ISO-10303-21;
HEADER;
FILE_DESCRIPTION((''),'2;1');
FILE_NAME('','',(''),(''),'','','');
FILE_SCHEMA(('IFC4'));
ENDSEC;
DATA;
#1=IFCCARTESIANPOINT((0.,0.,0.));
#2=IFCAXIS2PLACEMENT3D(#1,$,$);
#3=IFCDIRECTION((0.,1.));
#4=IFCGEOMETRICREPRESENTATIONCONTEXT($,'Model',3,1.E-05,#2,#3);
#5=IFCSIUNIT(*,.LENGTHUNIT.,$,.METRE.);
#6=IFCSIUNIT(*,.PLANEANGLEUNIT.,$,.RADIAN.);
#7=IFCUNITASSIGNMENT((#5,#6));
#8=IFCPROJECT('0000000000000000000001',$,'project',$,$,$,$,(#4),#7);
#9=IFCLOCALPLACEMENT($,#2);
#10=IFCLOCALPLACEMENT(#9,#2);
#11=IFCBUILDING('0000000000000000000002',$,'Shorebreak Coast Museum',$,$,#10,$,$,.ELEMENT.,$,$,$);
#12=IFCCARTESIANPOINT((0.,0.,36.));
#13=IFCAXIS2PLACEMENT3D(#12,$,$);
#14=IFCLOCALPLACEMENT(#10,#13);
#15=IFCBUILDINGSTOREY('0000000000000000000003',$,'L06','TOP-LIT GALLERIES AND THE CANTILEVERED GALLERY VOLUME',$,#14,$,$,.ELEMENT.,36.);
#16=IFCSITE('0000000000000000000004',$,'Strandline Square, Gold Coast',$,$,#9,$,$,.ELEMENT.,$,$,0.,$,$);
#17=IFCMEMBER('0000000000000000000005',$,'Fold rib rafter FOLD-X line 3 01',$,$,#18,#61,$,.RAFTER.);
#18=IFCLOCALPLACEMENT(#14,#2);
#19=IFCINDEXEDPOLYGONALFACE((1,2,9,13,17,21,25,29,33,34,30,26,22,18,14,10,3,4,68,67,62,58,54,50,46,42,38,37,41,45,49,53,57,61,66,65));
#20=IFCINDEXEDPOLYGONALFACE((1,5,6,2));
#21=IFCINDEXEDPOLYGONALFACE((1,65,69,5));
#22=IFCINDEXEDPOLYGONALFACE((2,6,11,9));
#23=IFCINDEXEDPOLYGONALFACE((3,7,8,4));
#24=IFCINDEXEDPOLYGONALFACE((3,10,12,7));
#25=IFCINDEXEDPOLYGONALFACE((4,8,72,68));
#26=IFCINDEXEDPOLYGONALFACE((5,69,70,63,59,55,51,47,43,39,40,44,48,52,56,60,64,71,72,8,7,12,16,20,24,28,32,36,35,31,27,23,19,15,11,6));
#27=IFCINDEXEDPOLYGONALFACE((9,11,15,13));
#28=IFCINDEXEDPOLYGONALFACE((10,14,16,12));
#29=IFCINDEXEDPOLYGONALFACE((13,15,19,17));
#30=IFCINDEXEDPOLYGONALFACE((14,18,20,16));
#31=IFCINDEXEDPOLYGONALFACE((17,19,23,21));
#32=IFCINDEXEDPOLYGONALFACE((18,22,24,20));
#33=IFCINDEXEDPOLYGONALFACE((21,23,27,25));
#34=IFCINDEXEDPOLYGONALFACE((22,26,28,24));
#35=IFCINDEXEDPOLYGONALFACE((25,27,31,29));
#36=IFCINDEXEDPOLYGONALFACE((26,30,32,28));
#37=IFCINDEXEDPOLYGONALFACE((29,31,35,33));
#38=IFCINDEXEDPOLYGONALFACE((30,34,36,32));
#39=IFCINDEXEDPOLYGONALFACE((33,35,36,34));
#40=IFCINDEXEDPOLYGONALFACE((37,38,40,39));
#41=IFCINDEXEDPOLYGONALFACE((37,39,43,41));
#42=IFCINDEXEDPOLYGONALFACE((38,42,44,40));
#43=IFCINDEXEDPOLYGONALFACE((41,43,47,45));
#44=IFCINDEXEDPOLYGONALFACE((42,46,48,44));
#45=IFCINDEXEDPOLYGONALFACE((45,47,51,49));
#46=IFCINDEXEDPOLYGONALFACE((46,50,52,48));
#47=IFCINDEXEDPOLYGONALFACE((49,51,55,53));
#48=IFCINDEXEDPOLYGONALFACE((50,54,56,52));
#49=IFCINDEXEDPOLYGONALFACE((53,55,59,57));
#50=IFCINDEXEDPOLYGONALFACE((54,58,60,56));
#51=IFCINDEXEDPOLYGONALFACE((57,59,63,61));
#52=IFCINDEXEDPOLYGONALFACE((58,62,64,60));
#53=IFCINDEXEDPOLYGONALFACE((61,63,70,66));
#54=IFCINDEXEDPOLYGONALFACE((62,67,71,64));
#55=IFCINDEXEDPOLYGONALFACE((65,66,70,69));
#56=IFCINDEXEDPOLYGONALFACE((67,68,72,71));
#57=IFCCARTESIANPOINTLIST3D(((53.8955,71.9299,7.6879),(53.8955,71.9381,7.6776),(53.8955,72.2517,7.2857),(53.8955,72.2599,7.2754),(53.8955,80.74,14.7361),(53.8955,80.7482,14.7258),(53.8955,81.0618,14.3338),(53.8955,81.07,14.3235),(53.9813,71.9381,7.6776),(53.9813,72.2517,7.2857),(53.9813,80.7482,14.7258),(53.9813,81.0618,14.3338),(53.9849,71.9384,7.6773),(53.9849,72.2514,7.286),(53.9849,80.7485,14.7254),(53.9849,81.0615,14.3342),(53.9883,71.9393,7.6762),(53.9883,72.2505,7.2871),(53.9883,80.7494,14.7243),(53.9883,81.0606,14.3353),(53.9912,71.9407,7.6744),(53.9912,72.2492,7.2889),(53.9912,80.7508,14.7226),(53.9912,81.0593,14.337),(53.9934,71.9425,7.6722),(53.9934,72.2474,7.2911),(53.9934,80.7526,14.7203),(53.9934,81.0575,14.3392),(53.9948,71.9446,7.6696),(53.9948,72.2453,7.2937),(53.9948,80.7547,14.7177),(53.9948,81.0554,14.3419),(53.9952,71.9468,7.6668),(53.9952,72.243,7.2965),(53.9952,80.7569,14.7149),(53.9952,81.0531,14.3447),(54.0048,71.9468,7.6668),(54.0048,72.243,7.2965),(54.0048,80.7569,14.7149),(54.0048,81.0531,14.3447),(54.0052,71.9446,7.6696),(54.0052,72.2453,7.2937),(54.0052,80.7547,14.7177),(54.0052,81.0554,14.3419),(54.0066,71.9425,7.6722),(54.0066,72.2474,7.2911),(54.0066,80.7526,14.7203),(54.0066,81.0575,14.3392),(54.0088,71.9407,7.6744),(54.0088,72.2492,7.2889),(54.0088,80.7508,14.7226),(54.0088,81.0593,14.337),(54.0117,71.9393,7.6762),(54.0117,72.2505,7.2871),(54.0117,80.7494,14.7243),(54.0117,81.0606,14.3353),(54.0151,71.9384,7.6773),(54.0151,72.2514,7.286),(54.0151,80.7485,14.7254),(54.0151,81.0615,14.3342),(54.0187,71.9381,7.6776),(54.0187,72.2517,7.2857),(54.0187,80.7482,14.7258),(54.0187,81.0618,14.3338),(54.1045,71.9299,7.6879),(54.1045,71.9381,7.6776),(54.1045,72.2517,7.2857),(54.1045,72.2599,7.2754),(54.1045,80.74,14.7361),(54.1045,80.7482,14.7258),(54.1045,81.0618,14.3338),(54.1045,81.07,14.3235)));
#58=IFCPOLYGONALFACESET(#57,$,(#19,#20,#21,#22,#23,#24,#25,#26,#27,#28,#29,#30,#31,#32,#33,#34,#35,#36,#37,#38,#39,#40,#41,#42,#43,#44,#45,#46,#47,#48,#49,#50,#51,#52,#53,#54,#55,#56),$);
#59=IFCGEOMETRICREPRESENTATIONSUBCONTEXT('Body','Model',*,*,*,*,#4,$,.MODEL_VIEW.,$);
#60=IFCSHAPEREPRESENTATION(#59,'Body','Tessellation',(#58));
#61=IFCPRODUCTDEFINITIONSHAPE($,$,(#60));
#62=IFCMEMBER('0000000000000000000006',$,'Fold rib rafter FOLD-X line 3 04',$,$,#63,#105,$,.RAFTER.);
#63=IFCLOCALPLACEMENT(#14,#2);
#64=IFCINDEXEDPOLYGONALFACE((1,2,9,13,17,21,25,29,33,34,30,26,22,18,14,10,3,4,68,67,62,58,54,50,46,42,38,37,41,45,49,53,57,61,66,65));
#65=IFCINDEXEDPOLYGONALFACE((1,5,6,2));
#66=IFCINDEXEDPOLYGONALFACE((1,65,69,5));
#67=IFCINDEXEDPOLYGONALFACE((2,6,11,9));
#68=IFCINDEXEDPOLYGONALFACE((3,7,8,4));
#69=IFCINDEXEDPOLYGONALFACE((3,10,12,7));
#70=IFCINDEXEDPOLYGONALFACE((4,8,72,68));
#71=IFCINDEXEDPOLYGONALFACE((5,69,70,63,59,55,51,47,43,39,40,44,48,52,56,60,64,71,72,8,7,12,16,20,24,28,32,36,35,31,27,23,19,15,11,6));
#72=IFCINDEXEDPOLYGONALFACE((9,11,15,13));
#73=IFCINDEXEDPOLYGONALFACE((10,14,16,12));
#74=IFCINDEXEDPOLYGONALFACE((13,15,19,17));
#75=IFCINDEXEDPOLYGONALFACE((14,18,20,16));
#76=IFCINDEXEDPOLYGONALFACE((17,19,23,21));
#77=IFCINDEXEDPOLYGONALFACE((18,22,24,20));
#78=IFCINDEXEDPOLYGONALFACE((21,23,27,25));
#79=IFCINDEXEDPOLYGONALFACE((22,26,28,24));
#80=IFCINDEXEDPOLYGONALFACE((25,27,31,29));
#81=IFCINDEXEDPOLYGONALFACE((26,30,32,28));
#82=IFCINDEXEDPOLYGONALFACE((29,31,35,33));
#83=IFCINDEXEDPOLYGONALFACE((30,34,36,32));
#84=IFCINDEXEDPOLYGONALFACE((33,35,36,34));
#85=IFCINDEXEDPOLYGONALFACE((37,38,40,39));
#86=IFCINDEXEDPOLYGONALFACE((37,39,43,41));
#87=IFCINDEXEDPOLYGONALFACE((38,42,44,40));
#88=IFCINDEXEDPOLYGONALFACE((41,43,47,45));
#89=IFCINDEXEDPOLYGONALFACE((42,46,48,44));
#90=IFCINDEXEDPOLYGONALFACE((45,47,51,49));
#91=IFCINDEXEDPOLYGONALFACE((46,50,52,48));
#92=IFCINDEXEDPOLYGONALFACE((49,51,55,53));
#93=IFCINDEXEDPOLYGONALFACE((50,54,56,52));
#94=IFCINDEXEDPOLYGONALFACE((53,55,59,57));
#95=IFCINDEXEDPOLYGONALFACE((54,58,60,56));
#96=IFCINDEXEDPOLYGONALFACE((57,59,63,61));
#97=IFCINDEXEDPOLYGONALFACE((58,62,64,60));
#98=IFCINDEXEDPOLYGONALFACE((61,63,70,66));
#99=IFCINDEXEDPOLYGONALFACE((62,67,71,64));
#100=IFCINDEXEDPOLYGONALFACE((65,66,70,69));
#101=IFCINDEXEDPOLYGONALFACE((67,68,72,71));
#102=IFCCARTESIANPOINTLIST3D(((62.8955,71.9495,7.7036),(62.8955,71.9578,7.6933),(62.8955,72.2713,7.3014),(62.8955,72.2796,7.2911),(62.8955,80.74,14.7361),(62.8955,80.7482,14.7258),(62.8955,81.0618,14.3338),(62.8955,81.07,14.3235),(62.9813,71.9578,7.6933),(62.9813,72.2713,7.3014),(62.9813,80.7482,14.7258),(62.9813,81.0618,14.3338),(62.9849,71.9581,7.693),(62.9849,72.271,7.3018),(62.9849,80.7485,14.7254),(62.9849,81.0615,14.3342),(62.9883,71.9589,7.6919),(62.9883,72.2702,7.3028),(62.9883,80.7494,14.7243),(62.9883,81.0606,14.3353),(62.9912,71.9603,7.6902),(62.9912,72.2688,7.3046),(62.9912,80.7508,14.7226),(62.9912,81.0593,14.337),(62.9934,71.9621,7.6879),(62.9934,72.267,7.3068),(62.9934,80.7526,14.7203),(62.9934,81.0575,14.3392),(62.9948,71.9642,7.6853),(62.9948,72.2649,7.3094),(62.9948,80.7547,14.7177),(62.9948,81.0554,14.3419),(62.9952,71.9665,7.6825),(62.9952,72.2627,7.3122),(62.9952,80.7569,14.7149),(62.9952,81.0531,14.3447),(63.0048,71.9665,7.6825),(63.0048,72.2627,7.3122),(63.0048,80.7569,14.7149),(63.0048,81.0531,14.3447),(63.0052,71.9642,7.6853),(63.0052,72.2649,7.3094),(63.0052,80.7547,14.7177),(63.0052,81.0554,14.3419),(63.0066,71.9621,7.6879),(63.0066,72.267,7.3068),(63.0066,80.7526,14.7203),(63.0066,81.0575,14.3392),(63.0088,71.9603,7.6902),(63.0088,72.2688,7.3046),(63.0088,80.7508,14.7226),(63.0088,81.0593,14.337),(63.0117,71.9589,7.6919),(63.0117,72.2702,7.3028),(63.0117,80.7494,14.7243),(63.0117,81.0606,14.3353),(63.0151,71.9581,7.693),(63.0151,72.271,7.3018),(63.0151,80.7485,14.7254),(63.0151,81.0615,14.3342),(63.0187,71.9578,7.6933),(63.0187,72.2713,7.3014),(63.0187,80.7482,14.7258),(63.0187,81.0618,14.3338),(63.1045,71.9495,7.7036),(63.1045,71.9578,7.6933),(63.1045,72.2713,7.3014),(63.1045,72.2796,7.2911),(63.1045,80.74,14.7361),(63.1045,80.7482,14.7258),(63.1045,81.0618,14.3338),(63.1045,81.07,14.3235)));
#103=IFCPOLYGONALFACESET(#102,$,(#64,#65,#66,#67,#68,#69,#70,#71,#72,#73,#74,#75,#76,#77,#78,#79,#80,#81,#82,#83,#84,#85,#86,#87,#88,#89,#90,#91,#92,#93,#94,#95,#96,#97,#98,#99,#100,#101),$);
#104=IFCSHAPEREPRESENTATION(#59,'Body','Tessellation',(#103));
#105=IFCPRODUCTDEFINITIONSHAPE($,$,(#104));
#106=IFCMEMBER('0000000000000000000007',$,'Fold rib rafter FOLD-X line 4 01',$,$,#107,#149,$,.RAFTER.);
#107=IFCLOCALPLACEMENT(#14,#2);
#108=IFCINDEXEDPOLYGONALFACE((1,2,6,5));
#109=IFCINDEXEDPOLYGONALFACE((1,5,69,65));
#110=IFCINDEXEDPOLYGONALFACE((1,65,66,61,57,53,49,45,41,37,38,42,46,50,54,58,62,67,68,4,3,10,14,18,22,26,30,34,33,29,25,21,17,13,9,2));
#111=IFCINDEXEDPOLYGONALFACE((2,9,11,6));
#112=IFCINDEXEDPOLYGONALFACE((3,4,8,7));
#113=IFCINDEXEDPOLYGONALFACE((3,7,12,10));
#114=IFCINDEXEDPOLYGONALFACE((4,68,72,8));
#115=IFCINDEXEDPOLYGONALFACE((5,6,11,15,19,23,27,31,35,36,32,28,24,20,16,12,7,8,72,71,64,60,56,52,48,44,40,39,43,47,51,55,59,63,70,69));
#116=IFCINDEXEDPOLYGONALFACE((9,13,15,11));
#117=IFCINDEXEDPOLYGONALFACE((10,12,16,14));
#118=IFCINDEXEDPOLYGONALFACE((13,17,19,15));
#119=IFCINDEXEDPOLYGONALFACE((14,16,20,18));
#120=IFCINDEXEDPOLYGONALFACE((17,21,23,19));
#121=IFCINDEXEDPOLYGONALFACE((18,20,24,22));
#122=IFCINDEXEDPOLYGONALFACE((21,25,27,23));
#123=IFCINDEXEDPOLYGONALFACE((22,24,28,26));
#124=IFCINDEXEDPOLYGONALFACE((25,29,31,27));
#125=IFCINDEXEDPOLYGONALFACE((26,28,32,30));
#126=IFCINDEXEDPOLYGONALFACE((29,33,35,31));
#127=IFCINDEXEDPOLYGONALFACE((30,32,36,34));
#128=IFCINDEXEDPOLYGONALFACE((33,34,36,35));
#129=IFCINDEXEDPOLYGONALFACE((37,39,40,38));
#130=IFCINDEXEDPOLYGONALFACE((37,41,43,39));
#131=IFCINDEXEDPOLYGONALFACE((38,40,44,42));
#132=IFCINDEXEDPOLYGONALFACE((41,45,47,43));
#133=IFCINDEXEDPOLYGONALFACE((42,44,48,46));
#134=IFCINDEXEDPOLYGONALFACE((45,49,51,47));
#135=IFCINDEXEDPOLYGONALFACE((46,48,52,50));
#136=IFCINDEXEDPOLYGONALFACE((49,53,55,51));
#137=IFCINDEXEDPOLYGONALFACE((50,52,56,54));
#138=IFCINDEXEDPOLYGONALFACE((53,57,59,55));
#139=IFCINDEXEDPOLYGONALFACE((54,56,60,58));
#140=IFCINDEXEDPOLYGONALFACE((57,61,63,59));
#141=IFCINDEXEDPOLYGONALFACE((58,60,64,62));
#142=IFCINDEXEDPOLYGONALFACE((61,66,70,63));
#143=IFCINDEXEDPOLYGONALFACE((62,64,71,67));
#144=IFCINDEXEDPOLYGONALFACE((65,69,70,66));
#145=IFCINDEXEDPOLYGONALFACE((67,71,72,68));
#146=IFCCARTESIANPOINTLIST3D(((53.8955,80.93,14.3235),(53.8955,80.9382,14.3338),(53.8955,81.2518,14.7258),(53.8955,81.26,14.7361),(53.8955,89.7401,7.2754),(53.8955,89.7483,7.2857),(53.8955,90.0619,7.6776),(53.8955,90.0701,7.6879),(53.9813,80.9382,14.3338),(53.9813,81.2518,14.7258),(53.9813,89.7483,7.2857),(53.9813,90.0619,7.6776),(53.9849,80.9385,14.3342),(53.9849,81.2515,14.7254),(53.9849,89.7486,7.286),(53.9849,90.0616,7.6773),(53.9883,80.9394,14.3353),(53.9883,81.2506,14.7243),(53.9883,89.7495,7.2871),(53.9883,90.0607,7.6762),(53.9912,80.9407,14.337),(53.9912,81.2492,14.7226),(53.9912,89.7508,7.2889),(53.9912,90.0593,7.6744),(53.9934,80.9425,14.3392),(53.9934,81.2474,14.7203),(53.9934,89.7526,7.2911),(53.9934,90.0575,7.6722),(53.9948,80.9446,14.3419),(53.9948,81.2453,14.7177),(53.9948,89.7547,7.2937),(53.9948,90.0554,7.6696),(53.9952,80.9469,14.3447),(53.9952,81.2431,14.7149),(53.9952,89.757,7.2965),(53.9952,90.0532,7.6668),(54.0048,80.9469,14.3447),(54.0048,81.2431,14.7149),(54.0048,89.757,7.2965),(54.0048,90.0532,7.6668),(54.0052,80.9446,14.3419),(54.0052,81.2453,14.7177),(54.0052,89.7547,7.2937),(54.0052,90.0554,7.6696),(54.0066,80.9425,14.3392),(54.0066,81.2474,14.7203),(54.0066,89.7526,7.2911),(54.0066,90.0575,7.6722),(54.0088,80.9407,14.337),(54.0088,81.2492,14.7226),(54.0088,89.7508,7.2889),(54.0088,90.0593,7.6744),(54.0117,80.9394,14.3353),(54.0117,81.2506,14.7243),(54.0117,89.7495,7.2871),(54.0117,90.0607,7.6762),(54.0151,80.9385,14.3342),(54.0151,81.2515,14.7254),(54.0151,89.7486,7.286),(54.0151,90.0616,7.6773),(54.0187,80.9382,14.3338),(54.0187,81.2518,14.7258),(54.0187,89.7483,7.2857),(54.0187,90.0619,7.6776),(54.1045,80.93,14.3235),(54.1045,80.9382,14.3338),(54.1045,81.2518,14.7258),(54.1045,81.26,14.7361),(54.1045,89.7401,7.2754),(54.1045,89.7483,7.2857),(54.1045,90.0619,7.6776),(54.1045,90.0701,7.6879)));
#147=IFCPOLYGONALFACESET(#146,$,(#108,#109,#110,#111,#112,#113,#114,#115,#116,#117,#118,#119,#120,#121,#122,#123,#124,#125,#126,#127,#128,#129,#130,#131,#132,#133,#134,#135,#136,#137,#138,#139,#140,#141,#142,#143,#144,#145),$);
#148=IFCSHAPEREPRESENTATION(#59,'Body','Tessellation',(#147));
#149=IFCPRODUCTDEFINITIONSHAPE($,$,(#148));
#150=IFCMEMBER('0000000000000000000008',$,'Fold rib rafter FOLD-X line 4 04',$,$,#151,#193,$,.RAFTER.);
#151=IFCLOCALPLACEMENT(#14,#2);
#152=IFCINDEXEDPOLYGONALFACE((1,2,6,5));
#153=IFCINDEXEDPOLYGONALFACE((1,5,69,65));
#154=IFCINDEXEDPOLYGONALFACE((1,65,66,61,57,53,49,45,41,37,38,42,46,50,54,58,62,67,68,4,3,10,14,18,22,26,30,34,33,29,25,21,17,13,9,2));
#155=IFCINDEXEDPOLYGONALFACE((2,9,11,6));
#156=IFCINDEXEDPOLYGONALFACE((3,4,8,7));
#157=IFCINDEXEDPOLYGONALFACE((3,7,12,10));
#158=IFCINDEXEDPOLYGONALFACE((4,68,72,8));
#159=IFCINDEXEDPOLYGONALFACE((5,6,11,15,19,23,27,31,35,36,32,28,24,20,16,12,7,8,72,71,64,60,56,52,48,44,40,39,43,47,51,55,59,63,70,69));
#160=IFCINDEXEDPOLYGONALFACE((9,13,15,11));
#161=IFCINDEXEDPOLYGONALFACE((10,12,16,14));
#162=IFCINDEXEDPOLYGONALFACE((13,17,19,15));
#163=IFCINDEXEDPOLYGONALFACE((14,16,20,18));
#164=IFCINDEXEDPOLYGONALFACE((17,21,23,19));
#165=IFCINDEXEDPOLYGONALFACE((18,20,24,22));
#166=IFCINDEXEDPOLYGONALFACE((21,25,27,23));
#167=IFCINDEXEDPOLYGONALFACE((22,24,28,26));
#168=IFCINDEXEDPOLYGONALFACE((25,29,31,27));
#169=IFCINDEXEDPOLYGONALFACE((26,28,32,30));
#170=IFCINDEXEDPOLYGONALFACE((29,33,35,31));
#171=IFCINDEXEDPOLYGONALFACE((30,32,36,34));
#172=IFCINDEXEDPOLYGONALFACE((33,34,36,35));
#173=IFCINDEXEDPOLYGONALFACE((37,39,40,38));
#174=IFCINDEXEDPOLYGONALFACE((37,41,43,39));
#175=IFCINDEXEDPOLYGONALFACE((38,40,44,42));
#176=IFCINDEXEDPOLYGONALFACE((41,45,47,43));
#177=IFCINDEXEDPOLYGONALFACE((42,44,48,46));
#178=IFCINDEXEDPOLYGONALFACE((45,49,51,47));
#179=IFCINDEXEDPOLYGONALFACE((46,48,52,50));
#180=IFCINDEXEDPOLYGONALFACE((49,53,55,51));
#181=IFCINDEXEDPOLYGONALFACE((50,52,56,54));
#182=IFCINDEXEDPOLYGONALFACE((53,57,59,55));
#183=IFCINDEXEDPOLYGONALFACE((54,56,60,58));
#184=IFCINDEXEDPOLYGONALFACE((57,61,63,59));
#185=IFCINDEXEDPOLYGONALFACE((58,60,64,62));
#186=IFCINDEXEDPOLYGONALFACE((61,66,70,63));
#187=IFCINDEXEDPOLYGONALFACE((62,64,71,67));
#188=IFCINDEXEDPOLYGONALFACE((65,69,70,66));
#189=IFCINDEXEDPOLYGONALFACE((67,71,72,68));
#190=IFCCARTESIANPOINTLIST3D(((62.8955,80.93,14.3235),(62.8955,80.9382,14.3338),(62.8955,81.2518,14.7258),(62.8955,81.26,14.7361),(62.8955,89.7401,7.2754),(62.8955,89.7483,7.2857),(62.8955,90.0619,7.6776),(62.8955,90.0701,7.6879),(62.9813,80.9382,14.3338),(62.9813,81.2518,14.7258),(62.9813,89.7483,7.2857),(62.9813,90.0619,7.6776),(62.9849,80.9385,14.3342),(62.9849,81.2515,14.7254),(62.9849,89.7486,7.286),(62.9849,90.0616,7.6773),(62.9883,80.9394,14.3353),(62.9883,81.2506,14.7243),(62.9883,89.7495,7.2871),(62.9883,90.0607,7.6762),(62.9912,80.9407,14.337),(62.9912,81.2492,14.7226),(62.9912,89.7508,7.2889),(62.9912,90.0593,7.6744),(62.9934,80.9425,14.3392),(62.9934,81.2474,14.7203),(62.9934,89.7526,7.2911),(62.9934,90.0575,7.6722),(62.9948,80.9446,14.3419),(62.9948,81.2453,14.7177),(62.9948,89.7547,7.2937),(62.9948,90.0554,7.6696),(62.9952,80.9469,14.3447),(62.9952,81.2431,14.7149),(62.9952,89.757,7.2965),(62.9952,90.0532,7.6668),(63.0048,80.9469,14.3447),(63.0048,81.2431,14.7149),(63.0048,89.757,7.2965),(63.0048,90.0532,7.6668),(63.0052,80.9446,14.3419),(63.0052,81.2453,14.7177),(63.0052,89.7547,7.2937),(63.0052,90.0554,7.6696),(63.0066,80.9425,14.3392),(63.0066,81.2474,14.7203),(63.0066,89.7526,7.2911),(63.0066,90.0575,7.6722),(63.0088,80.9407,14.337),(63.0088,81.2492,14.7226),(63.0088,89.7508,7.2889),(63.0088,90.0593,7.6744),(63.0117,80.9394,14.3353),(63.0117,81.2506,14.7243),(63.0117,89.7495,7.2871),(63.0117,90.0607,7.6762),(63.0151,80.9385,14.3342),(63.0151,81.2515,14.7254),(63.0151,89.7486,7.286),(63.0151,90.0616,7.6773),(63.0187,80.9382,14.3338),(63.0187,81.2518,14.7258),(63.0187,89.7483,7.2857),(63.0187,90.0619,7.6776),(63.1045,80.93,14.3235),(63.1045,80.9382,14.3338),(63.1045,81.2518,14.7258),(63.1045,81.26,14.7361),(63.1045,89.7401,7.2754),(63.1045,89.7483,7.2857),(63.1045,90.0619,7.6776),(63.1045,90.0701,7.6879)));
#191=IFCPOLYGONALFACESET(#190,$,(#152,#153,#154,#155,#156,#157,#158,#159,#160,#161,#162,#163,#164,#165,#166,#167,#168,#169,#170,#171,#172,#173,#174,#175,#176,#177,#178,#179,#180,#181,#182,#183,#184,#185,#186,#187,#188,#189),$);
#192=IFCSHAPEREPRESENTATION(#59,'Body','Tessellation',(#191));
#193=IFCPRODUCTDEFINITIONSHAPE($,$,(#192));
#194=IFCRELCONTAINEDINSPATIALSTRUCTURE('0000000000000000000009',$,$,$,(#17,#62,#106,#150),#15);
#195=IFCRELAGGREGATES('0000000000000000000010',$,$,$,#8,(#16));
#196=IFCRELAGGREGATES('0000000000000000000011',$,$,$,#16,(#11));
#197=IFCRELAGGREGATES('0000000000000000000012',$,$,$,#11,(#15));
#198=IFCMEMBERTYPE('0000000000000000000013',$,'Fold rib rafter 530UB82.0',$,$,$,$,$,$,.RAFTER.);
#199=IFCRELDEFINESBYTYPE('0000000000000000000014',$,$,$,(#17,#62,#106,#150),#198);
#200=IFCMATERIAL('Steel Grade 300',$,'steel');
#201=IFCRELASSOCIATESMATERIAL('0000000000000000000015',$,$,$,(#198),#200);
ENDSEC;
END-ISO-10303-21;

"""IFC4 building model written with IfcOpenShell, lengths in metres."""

from ifc_helpers import new_model, si_unit, direction, frame, origin, origin_2d, place, context, subcontext, project, spatial, i_section, extrude, material, material_profile, profile_set, type_object, element, save


model = new_model("IFC4")

# Units and contexts
model_context = context("Model", 3, precision=1e-05, world=origin(), true_north=direction((0.0, 1.0)))
body_context = subcontext(model_context, "Body", "Model", "MODEL_VIEW")
ifc_project = project(units=[si_unit("LENGTHUNIT", "METRE"), si_unit("PLANEANGLEUNIT", "RADIAN")], contexts=[model_context])

# Site, building, storey
site_placement = place(None, origin())
site = spatial("IfcSite", under=ifc_project, at=site_placement, Name="Strandline Square, Gold Coast", CompositionType="ELEMENT", RefElevation=0.0)
building_placement = place(site_placement, origin())
building = spatial("IfcBuilding", under=site, at=building_placement, Name="Shorebreak Coast Museum", CompositionType="ELEMENT")
storey_placement = place(building_placement, frame((0.0, 0.0, 36.0)))
storey = spatial("IfcBuildingStorey", under=building, at=storey_placement, Name="L06", Description="TOP-LIT GALLERIES AND THE CANTILEVERED GALLERY VOLUME", CompositionType="ELEMENT", Elevation=36.0)

# Members
ifc_material_1 = material(Name="Steel Grade 300", Category="steel")
ifc_material_profile_1 = material_profile(ifc_material_1, i_section(OverallWidth=0.209, OverallDepth=0.5283, WebThickness=0.0095, FlangeThickness=0.0132, FilletRadius=0.0139, at=origin_2d()), Name="530UB82.0")
ifc_profile_set_1 = profile_set([ifc_material_profile_1], Name="Steel Grade 300")
member_type_1 = type_object("IfcMemberType", Name="Fold rib rafter 530UB82.0", PredefinedType="RAFTER", material=ifc_profile_set_1)
member_1_placement = place(storey_placement, frame((54.0, 80.905, 14.5298), z_axis=(0.0, -0.780867, -0.624698), x_axis=(1.0, 0.0, 0.0)))
element("IfcMember", 1, at=member_1_placement, inside=storey, type_object=member_type_1, Name="Fold rib rafter FOLD-X line 3 01", PredefinedType="RAFTER", context=body_context, shape_type="SweptSolid", body=[
    extrude(i_section(OverallWidth=0.209, OverallDepth=0.5283, WebThickness=0.0095, FlangeThickness=0.0132, FilletRadius=0.0139, at=origin_2d()), origin(), (0.0, 0.0, 1.0), 11.2825),
])
member_2_placement = place(storey_placement, frame((63.0, 80.905, 14.5298), z_axis=(0.0, -0.780867, -0.624698), x_axis=(1.0, 0.0, 0.0)))
element("IfcMember", 2, at=member_2_placement, inside=storey, type_object=member_type_1, Name="Fold rib rafter FOLD-X line 3 04", PredefinedType="RAFTER", context=body_context, shape_type="SweptSolid", body=[
    extrude(i_section(OverallWidth=0.209, OverallDepth=0.5283, WebThickness=0.0095, FlangeThickness=0.0132, FilletRadius=0.0139, at=origin_2d()), origin(), (0.0, 0.0, 1.0), 11.2573),
])
for number, where, z_axis, x_axis, name in (
    (3, (54.0, 81.095, 14.5298), (0.0, 0.780867, -0.624698), (-1.0, 0.0, 0.0), "Fold rib rafter FOLD-X line 4 01"),
    (4, (63.0, 81.095, 14.5298), (0.0, 0.780867, -0.624698), (-1.0, 0.0, 0.0), "Fold rib rafter FOLD-X line 4 04"),
):
    element("IfcMember", number, at=place(storey_placement, frame(where, z_axis=z_axis, x_axis=x_axis)), inside=storey, type_object=member_type_1, Name=name, PredefinedType="RAFTER", context=body_context, shape_type="SweptSolid", body=[
        extrude(i_section(OverallWidth=0.209, OverallDepth=0.5283, WebThickness=0.0095, FlangeThickness=0.0132, FilletRadius=0.0139, at=origin_2d()), origin(), (0.0, 0.0, 1.0), 11.2825),
    ])

save(model, "model.ifc")
